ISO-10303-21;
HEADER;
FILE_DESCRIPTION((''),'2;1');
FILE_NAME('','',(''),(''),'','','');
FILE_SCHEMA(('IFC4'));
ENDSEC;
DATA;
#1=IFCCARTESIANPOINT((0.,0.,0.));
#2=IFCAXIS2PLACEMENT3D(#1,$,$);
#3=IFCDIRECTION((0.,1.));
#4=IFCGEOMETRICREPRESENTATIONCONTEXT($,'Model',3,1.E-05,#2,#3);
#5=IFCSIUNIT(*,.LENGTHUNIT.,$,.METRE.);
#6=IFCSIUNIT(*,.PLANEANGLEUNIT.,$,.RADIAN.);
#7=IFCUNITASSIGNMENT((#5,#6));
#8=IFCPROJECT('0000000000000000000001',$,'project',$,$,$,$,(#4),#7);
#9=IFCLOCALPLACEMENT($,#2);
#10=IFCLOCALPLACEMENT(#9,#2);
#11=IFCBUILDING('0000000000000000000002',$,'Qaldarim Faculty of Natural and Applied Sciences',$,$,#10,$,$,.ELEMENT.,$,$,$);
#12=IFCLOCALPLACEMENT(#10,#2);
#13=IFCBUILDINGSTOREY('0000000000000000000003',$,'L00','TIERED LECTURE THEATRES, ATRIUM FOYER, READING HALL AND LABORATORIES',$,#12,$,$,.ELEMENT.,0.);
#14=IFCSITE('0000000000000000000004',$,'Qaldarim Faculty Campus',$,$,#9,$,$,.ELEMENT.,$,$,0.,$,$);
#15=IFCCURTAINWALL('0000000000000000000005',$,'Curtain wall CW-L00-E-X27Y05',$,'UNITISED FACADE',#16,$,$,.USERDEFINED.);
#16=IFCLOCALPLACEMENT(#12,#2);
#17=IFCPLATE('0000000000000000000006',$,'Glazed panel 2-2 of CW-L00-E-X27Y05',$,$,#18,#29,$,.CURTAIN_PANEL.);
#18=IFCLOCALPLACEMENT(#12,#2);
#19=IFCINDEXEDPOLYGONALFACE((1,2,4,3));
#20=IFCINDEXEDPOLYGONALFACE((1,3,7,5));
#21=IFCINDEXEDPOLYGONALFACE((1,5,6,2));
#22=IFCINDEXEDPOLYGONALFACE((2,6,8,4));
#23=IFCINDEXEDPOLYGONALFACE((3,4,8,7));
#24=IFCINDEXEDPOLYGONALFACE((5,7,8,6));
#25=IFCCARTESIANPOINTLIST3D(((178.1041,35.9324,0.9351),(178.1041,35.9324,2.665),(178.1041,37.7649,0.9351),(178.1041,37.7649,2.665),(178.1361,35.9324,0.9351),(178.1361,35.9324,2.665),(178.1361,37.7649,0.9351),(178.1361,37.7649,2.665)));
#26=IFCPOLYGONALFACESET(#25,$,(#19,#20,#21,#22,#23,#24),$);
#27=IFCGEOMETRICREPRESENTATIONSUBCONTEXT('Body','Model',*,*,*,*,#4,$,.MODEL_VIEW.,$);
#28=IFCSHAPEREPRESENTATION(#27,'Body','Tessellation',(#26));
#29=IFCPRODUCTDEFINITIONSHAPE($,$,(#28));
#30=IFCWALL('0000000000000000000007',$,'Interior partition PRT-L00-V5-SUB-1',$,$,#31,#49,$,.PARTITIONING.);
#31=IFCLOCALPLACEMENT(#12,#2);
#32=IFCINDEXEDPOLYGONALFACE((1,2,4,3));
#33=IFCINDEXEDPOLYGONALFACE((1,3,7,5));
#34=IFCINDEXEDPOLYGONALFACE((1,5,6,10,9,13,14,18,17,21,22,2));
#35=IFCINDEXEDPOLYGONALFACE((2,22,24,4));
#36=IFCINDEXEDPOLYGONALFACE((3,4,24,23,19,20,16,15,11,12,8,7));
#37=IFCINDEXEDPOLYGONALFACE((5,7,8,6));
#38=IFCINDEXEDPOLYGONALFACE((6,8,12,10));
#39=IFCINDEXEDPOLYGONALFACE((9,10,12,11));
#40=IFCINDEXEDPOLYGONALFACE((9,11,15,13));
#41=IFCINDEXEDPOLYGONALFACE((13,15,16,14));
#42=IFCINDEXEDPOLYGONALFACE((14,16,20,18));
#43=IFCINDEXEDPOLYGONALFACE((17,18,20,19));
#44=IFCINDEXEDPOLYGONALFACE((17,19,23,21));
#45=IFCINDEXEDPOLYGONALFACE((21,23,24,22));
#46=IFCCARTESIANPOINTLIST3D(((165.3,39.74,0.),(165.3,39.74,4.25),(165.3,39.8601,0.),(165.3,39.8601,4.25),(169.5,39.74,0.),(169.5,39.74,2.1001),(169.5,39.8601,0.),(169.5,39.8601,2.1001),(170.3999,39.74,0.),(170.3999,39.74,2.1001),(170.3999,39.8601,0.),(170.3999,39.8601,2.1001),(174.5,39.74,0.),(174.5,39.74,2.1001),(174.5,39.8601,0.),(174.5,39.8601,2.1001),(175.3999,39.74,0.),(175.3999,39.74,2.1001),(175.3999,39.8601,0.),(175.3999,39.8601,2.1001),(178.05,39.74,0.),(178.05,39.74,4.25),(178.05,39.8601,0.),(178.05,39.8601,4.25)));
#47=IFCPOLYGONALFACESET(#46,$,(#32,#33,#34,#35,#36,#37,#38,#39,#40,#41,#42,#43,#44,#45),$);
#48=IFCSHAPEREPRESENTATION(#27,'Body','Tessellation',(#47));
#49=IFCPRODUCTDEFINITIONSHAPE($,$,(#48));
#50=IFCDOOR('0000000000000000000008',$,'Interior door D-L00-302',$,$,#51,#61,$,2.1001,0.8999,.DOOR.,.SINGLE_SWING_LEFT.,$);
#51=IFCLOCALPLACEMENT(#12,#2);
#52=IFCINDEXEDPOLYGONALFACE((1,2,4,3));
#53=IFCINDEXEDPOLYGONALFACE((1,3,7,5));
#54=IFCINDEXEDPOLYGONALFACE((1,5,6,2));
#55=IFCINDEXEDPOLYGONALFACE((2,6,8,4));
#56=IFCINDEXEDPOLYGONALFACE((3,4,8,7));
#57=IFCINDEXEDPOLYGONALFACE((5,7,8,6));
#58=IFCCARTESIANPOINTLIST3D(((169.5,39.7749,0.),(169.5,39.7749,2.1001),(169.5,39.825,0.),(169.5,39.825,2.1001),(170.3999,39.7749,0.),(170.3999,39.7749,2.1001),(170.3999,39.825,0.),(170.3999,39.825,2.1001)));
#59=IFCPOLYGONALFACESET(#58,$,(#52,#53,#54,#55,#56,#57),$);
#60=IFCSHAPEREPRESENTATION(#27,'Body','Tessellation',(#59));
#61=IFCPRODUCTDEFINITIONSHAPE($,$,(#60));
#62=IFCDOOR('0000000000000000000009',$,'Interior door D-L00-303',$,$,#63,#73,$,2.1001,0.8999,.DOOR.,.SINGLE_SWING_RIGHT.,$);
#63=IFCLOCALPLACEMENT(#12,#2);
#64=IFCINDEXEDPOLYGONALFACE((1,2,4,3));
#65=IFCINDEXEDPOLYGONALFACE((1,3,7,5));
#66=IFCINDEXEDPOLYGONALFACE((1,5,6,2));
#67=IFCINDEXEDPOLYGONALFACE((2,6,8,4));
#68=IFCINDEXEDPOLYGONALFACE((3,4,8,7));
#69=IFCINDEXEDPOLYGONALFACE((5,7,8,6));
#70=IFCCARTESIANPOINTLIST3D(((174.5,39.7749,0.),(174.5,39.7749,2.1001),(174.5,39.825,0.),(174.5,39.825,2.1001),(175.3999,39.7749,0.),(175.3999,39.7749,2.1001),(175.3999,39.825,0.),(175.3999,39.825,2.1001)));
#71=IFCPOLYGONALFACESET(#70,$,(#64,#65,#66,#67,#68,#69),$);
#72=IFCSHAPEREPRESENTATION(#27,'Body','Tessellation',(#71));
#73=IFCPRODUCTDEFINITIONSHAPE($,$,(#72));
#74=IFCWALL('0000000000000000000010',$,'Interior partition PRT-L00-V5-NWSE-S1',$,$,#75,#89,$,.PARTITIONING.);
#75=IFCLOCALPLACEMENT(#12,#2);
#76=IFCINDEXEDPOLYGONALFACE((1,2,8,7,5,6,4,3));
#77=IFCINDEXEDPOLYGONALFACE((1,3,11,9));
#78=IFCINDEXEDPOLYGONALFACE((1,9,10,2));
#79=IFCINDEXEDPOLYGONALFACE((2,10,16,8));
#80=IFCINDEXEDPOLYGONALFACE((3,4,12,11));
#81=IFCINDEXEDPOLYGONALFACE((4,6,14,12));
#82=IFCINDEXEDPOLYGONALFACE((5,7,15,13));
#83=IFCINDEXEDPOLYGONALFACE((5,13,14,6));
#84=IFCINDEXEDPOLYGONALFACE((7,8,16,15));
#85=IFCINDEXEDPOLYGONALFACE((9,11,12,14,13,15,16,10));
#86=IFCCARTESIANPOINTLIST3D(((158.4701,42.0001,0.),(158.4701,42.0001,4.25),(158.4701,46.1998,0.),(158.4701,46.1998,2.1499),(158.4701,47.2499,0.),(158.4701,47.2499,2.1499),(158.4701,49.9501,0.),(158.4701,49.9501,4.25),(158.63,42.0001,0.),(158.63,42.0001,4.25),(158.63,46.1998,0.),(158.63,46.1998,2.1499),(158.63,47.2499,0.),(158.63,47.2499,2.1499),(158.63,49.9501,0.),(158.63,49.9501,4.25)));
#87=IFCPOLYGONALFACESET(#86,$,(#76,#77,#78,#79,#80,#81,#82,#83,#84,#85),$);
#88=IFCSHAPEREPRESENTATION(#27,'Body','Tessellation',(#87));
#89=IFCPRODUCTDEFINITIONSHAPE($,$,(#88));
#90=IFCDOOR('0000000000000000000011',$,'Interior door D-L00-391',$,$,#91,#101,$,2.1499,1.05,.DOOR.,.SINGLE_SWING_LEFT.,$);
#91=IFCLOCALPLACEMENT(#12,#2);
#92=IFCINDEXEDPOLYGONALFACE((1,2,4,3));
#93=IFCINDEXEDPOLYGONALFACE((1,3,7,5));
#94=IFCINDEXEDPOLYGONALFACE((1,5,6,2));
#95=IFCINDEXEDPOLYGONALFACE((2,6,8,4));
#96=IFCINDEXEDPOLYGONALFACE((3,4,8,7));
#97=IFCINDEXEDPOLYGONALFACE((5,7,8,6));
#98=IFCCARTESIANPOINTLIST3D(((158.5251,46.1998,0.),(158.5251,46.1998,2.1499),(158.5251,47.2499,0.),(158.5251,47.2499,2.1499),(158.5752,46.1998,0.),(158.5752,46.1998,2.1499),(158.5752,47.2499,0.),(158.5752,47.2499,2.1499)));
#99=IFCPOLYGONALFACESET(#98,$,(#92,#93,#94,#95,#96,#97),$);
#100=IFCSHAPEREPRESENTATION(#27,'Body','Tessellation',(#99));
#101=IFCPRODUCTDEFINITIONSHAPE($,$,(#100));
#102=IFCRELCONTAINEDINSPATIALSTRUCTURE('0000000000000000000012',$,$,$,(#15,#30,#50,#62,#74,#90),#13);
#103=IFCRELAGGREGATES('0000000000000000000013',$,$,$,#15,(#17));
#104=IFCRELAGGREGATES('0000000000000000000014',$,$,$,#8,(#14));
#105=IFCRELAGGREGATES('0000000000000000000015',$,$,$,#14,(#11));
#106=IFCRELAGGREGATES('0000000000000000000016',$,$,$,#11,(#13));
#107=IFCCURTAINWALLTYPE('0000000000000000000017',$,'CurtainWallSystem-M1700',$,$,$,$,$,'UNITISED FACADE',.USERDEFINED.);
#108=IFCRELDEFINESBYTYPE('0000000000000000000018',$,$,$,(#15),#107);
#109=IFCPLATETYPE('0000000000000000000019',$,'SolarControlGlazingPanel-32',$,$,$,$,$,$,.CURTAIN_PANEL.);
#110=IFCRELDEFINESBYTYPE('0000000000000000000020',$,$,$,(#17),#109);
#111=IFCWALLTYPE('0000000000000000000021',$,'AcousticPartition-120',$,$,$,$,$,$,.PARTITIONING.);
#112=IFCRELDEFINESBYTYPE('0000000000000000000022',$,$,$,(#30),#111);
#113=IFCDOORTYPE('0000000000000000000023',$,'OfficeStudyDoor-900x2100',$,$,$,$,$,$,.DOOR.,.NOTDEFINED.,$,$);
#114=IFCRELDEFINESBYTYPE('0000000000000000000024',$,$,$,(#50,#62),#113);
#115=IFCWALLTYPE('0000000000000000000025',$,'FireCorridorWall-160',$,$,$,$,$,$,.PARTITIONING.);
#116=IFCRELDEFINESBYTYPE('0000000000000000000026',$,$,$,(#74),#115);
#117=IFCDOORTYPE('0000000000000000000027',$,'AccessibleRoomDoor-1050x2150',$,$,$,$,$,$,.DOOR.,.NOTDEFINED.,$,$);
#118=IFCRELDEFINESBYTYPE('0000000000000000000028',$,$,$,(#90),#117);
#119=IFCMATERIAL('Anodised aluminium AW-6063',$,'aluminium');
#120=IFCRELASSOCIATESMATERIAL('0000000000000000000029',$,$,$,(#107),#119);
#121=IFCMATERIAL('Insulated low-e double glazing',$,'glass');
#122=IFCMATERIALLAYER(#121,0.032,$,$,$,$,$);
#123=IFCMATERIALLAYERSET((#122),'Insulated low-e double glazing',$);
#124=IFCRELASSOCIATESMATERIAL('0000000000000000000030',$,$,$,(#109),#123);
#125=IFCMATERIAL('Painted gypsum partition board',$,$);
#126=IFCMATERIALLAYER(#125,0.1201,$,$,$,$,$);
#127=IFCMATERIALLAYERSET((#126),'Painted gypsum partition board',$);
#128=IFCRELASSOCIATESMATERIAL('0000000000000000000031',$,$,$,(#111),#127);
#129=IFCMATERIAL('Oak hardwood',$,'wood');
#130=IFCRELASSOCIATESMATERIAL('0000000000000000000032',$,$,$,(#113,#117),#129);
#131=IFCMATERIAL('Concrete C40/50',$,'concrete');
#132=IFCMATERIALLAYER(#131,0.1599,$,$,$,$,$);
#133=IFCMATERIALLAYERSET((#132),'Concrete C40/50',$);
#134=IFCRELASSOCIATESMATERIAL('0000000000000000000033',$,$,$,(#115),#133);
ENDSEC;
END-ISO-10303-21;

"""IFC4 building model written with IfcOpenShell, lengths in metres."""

from ifc_helpers import new_model, si_unit, direction, frame, frame_2d, origin, origin_2d, place, context, subcontext, project, spatial, rectangle, extrude, material, layer, layer_set, type_object, element, fill, aggregate, save


model = new_model("IFC4")

# Units and contexts
model_context = context("Model", 3, precision=1e-05, world=origin(), true_north=direction((0.0, 1.0)))
body_context = subcontext(model_context, "Body", "Model", "MODEL_VIEW")
ifc_project = project(units=[si_unit("LENGTHUNIT", "METRE"), si_unit("PLANEANGLEUNIT", "RADIAN")], contexts=[model_context])

# Site, building, storey
site_placement = place(None, origin())
site = spatial("IfcSite", under=ifc_project, at=site_placement, Name="Qaldarim Faculty Campus", CompositionType="ELEMENT", RefElevation=0.0)
building_placement = place(site_placement, origin())
building = spatial("IfcBuilding", under=site, at=building_placement, Name="Qaldarim Faculty of Natural and Applied Sciences", CompositionType="ELEMENT")
storey_placement = place(building_placement, origin())
storey = spatial("IfcBuildingStorey", under=building, at=storey_placement, Name="L00", Description="TIERED LECTURE THEATRES, ATRIUM FOYER, READING HALL AND LABORATORIES", CompositionType="ELEMENT", Elevation=0.0)

# Curtain wall
ifc_material_1 = material(Name="Anodised aluminium AW-6063", Category="aluminium")
curtain_wall_type = type_object("IfcCurtainWallType", Name="CurtainWallSystem-M1700", ElementType="UNITISED FACADE", PredefinedType="USERDEFINED", material=ifc_material_1)
curtain_wall_1_placement = place(storey_placement, origin())
curtain_wall_1 = element("IfcCurtainWall", 1, at=curtain_wall_1_placement, inside=storey, type_object=curtain_wall_type, Name="Curtain wall CW-L00-E-X27Y05", ObjectType="UNITISED FACADE", PredefinedType="USERDEFINED")

# Plate
ifc_material_2 = material(Name="Insulated low-e double glazing", Category="glass")
ifc_layer_1 = layer(ifc_material_2, 0.032)
ifc_layer_set_1 = layer_set([ifc_layer_1], Name="Insulated low-e double glazing")
plate_type = type_object("IfcPlateType", Name="SolarControlGlazingPanel-32", PredefinedType="CURTAIN_PANEL", material=ifc_layer_set_1)
plate_1_placement = place(storey_placement, frame((178.1201, 36.8486, 0.9351), z_axis=(0.0, 0.0, 1.0), x_axis=(0.0, 1.0, 0.0)))
plate_1 = element("IfcPlate", 2, at=plate_1_placement, type_object=plate_type, Name="Glazed panel 2-2 of CW-L00-E-X27Y05", PredefinedType="CURTAIN_PANEL", context=body_context, shape_type="SweptSolid", body=[
    extrude(rectangle(XDim=1.8325, YDim=0.032, at=origin_2d()), origin(), (0.0, 0.0, 1.0), 1.73),
])
aggregate(curtain_wall_1, [plate_1])

# Wall, openings, doors
ifc_material_3 = material(Name="Painted gypsum partition board")
ifc_layer_2 = layer(ifc_material_3, 0.1201)
ifc_layer_set_2 = layer_set([ifc_layer_2], Name="Painted gypsum partition board")
wall_type_1 = type_object("IfcWallType", Name="AcousticPartition-120", PredefinedType="PARTITIONING", material=ifc_layer_set_2)
wall_1_placement = place(storey_placement, frame((165.3, 39.8, 0.0), z_axis=(0.0, 0.0, 1.0), x_axis=(1.0, 0.0, 0.0)))
wall_1 = element("IfcWall", 3, at=wall_1_placement, inside=storey, type_object=wall_type_1, Name="Interior partition PRT-L00-V5-SUB-1", PredefinedType="PARTITIONING", context=body_context, shape_type="SweptSolid", body=[
    extrude(rectangle(XDim=12.75, YDim=0.1201, at=frame_2d((6.375, 0.0))), origin(), (0.0, 0.0, 1.0), 4.25),
])
opening_1_placement = place(wall_1_placement, frame((4.2, 0.0, 0.0)))
opening_1 = element("IfcOpeningElement", 4, at=opening_1_placement, cuts=wall_1, PredefinedType="OPENING", context=body_context, shape_type="SweptSolid", body=[
    extrude(rectangle(XDim=0.8999, YDim=2.1001, at=frame_2d((0.45, 1.05))), frame((0.0, 0.0701, 0.0), z_axis=(0.0, -1.0, 0.0), x_axis=(1.0, 0.0, 0.0)), (0.0, 0.0, 1.0), 0.1401),
])
opening_2_placement = place(wall_1_placement, frame((9.2, 0.0, 0.0)))
opening_2 = element("IfcOpeningElement", 5, at=opening_2_placement, cuts=wall_1, PredefinedType="OPENING", context=body_context, shape_type="SweptSolid", body=[
    extrude(rectangle(XDim=0.8999, YDim=2.1001, at=frame_2d((0.45, 1.05))), frame((0.0, 0.0701, 0.0), z_axis=(0.0, -1.0, 0.0), x_axis=(1.0, 0.0, 0.0)), (0.0, 0.0, 1.0), 0.1401),
])
ifc_material_4 = material(Name="Oak hardwood", Category="wood")
door_type_1 = type_object("IfcDoorType", Name="OfficeStudyDoor-900x2100", OperationType="NOTDEFINED", PredefinedType="DOOR", material=ifc_material_4)
door_1_placement = place(opening_1_placement, origin())
door_1 = element("IfcDoor", 6, at=door_1_placement, inside=storey, type_object=door_type_1, Name="Interior door D-L00-302", OperationType="SINGLE_SWING_LEFT", OverallHeight=2.1001, OverallWidth=0.8999, PredefinedType="DOOR", context=body_context, shape_type="SweptSolid", body=[
    extrude(rectangle(XDim=0.8999, YDim=2.1001, at=frame_2d((0.45, 1.05))), frame((0.0, 0.0249, 0.0), z_axis=(0.0, -1.0, 0.0), x_axis=(1.0, 0.0, 0.0)), (0.0, 0.0, 1.0), 0.05),
])
fill(opening_1, door_1)
door_2_placement = place(opening_2_placement, origin())
door_2 = element("IfcDoor", 7, at=door_2_placement, inside=storey, type_object=door_type_1, Name="Interior door D-L00-303", OperationType="SINGLE_SWING_RIGHT", OverallHeight=2.1001, OverallWidth=0.8999, PredefinedType="DOOR", context=body_context, shape_type="SweptSolid", body=[
    extrude(rectangle(XDim=0.8999, YDim=2.1001, at=frame_2d((0.45, 1.05))), frame((0.0, 0.0249, 0.0), z_axis=(0.0, -1.0, 0.0), x_axis=(1.0, 0.0, 0.0)), (0.0, 0.0, 1.0), 0.05),
])
fill(opening_2, door_2)

# Wall, opening, door
ifc_material_5 = material(Name="Concrete C40/50", Category="concrete")
ifc_layer_3 = layer(ifc_material_5, 0.1599)
ifc_layer_set_3 = layer_set([ifc_layer_3], Name="Concrete C40/50")
wall_type_2 = type_object("IfcWallType", Name="FireCorridorWall-160", PredefinedType="PARTITIONING", material=ifc_layer_set_3)
wall_2_placement = place(storey_placement, frame((158.55, 42.0, 0.0), z_axis=(0.0, 0.0, 1.0), x_axis=(0.0, 1.0, 0.0)))
wall_2 = element("IfcWall", 8, at=wall_2_placement, inside=storey, type_object=wall_type_2, Name="Interior partition PRT-L00-V5-NWSE-S1", PredefinedType="PARTITIONING", context=body_context, shape_type="SweptSolid", body=[
    extrude(rectangle(XDim=7.95, YDim=0.1599, at=frame_2d((3.9751, 0.0))), origin(), (0.0, 0.0, 1.0), 4.25),
])
opening_3_placement = place(wall_2_placement, frame((4.2, 0.0, 0.0)))
opening_3 = element("IfcOpeningElement", 9, at=opening_3_placement, cuts=wall_2, PredefinedType="OPENING", context=body_context, shape_type="SweptSolid", body=[
    extrude(rectangle(XDim=1.05, YDim=2.1499, at=frame_2d((0.5249, 1.075))), frame((0.0, 0.0898, 0.0), z_axis=(0.0, -1.0, 0.0), x_axis=(1.0, 0.0, 0.0)), (0.0, 0.0, 1.0), 0.1799),
])
door_type_2 = type_object("IfcDoorType", Name="AccessibleRoomDoor-1050x2150", OperationType="NOTDEFINED", PredefinedType="DOOR", material=ifc_material_4)
door_3_placement = place(opening_3_placement, origin())
door_3 = element("IfcDoor", 10, at=door_3_placement, inside=storey, type_object=door_type_2, Name="Interior door D-L00-391", OperationType="SINGLE_SWING_LEFT", OverallHeight=2.1499, OverallWidth=1.05, PredefinedType="DOOR", context=body_context, shape_type="SweptSolid", body=[
    extrude(rectangle(XDim=1.05, YDim=2.1499, at=frame_2d((0.5249, 1.075))), frame((0.0, 0.0249, 0.0), z_axis=(0.0, -1.0, 0.0), x_axis=(1.0, 0.0, 0.0)), (0.0, 0.0, 1.0), 0.05),
])
fill(opening_3, door_3)

save(model, "model.ifc")
